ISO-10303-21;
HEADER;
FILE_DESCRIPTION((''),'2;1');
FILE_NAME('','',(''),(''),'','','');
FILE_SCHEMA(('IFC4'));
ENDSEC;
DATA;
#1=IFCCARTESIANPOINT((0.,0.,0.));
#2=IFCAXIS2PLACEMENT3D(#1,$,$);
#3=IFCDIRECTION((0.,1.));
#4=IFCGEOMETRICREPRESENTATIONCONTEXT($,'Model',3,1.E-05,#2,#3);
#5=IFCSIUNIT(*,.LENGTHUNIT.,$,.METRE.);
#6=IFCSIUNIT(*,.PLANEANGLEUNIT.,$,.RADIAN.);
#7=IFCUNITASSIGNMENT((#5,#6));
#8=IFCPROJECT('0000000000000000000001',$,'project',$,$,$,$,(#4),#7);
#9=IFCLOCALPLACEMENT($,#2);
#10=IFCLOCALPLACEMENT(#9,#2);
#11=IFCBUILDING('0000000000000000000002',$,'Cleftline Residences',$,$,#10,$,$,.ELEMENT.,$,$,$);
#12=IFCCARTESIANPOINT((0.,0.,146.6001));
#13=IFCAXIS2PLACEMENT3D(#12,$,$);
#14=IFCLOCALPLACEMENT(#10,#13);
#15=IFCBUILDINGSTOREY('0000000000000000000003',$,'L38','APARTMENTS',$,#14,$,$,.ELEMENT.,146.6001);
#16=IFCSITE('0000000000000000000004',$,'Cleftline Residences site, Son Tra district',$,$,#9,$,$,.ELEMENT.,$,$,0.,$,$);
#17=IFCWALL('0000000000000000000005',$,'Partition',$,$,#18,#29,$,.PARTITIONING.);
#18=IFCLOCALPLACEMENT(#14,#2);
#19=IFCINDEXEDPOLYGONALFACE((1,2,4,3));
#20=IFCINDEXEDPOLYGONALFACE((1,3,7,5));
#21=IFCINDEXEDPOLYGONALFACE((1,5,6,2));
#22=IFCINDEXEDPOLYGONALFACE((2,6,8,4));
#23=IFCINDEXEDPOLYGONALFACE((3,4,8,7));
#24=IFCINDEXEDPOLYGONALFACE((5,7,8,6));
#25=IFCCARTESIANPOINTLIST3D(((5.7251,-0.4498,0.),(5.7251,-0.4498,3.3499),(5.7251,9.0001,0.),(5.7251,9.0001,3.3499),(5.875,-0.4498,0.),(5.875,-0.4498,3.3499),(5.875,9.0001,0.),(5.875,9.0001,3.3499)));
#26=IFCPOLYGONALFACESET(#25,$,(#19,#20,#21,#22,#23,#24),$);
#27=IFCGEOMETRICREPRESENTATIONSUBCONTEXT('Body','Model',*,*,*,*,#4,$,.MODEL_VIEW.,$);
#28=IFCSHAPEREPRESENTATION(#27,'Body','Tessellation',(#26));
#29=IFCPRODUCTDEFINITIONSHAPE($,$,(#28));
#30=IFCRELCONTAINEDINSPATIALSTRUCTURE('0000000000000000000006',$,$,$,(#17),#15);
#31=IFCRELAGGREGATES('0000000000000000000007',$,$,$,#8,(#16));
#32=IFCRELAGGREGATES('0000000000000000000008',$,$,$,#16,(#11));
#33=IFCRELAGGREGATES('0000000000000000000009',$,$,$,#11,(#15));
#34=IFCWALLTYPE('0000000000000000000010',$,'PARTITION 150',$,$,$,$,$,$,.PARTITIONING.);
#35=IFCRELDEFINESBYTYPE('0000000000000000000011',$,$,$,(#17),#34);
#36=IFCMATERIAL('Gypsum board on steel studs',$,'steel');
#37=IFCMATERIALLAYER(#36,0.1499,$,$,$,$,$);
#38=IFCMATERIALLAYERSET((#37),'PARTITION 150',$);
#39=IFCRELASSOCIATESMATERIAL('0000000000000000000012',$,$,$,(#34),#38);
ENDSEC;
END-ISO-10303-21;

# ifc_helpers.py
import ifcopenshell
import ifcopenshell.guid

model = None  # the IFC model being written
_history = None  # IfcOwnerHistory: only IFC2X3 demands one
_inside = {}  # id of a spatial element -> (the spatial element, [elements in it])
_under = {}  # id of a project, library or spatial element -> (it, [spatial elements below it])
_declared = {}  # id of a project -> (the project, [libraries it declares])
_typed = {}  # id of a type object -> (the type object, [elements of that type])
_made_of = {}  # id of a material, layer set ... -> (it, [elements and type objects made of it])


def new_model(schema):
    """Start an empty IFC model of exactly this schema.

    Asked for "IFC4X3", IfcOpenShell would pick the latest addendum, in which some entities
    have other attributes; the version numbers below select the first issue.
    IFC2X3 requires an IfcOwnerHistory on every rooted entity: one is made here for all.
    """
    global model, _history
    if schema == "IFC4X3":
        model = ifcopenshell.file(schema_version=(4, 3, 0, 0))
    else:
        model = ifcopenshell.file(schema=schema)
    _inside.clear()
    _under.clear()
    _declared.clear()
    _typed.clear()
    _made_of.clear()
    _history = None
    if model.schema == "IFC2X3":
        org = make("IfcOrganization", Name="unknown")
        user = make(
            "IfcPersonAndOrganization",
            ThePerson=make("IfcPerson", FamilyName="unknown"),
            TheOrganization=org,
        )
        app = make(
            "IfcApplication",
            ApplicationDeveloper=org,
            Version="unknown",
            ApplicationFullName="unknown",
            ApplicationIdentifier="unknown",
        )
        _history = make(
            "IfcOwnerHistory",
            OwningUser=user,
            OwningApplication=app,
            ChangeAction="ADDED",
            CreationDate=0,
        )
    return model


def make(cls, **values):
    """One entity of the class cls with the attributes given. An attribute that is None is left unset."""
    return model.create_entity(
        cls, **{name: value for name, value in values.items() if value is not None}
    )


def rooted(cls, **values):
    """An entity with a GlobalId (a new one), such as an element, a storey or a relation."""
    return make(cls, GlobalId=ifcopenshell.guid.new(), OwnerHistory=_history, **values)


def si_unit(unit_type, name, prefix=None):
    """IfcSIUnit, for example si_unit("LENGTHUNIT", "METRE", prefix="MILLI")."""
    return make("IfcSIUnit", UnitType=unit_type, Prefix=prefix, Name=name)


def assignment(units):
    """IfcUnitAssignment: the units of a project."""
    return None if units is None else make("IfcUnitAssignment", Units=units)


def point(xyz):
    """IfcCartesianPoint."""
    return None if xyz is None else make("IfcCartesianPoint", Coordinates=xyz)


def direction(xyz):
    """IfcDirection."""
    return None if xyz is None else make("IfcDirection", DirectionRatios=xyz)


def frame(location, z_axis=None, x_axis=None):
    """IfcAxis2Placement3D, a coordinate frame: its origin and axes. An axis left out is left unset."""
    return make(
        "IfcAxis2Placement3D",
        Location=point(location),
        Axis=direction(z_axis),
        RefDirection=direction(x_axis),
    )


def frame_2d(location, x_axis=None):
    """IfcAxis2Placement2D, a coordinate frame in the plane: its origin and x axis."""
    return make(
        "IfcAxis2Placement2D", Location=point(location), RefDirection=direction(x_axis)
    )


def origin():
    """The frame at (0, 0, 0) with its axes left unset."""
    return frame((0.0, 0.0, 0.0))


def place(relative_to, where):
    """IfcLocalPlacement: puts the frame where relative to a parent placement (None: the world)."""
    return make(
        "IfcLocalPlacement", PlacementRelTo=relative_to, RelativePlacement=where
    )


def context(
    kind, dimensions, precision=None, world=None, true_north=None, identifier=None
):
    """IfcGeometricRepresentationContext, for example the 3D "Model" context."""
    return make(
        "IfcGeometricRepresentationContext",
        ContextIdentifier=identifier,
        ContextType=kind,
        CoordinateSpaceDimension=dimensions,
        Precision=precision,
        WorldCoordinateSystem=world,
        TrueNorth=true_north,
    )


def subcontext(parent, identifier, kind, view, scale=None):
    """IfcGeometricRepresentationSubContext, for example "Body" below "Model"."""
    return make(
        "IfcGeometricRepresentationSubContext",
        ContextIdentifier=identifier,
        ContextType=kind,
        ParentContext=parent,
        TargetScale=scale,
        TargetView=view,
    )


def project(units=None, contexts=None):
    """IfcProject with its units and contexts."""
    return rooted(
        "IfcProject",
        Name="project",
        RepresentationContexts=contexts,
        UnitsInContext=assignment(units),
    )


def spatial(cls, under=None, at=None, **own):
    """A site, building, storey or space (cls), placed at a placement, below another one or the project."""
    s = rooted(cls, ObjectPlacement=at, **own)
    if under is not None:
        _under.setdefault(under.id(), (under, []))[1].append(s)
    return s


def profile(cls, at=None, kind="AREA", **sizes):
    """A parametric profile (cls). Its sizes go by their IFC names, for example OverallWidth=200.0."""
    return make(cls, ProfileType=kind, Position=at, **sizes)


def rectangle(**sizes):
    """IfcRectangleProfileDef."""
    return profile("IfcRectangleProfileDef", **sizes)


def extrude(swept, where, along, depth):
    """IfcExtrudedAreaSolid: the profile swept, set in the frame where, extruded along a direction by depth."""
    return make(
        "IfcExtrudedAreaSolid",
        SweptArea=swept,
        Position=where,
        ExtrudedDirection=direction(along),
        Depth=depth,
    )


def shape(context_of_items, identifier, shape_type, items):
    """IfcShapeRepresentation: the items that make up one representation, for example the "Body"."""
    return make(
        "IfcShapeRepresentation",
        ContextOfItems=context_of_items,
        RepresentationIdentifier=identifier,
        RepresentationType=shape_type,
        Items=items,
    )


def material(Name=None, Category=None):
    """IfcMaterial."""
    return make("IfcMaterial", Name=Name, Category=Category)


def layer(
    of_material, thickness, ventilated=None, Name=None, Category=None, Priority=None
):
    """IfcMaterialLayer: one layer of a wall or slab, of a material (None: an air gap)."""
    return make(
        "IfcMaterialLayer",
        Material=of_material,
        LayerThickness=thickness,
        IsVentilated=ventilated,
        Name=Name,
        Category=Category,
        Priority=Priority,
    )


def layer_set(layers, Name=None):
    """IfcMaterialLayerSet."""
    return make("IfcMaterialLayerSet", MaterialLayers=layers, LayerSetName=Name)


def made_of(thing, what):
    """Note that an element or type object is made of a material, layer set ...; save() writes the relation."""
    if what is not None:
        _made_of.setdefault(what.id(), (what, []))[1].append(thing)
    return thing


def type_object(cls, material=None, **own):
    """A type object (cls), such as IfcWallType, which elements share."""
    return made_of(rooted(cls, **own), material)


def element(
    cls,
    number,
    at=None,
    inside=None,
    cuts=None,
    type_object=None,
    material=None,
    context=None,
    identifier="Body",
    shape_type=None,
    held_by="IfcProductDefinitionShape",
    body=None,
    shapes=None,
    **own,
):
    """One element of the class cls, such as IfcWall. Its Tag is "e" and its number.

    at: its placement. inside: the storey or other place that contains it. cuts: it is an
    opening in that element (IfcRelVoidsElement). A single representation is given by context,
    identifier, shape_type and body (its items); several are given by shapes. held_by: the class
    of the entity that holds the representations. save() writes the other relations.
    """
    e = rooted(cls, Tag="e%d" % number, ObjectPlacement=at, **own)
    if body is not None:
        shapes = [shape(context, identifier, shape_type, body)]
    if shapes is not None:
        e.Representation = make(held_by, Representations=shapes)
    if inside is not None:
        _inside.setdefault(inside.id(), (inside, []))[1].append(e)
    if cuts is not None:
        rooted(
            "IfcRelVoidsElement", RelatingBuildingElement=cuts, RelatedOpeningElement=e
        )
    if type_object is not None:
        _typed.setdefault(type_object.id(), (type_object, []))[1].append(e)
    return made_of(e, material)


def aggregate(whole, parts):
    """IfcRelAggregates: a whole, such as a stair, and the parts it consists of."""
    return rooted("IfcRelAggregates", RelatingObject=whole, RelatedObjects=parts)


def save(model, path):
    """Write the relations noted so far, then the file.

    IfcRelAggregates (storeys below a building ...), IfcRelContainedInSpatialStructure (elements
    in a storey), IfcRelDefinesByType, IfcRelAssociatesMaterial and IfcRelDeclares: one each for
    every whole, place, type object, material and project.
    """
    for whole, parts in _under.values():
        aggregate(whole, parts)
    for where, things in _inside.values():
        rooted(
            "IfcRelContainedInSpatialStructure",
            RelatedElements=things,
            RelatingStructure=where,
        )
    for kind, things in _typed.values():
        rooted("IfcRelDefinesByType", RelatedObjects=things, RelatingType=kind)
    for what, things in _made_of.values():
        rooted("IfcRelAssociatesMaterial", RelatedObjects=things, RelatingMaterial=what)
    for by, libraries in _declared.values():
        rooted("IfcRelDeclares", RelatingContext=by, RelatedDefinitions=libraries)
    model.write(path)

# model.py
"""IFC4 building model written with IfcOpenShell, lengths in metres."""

from ifc_helpers import new_model, si_unit, direction, frame, frame_2d, origin, place, context, subcontext, project, spatial, rectangle, extrude, material, layer, layer_set, type_object, element, save


model = new_model("IFC4")

# Units and contexts
model_context = context("Model", 3, precision=1e-05, world=origin(), true_north=direction((0.0, 1.0)))
body_context = subcontext(model_context, "Body", "Model", "MODEL_VIEW")
ifc_project = project(units=[si_unit("LENGTHUNIT", "METRE"), si_unit("PLANEANGLEUNIT", "RADIAN")], contexts=[model_context])

# Site, building, storey
site_placement = place(None, origin())
site = spatial("IfcSite", under=ifc_project, at=site_placement, Name="Cleftline Residences site, Son Tra district", CompositionType="ELEMENT", RefElevation=0.0)
building_placement = place(site_placement, origin())
building = spatial("IfcBuilding", under=site, at=building_placement, Name="Cleftline Residences", CompositionType="ELEMENT")
storey_placement = place(building_placement, frame((0.0, 0.0, 146.6001)))
storey = spatial("IfcBuildingStorey", under=building, at=storey_placement, Name="L38", Description="APARTMENTS", CompositionType="ELEMENT", Elevation=146.6001)

# Shared definitions
ifc_material_1 = material(Name="Gypsum board on steel studs", Category="steel")
ifc_layer_1 = layer(ifc_material_1, 0.1499)
ifc_layer_set_1 = layer_set([ifc_layer_1], Name="PARTITION 150")
wall_type_1 = type_object("IfcWallType", Name="PARTITION 150", PredefinedType="PARTITIONING", material=ifc_layer_set_1)

# Wall
wall_1_placement = place(storey_placement, frame((5.8, -0.45, 0.0), z_axis=(0.0, 0.0, 1.0), x_axis=(0.0, 1.0, 0.0)))
element("IfcWall", 1, at=wall_1_placement, inside=storey, type_object=wall_type_1, Name="Partition", PredefinedType="PARTITIONING", context=body_context, shape_type="SweptSolid", body=[
    extrude(rectangle(XDim=9.45, YDim=0.1499, at=frame_2d((4.7251, 0.0))), origin(), (0.0, 0.0, 1.0), 3.3499),
])

save(model, "model.ifc")
